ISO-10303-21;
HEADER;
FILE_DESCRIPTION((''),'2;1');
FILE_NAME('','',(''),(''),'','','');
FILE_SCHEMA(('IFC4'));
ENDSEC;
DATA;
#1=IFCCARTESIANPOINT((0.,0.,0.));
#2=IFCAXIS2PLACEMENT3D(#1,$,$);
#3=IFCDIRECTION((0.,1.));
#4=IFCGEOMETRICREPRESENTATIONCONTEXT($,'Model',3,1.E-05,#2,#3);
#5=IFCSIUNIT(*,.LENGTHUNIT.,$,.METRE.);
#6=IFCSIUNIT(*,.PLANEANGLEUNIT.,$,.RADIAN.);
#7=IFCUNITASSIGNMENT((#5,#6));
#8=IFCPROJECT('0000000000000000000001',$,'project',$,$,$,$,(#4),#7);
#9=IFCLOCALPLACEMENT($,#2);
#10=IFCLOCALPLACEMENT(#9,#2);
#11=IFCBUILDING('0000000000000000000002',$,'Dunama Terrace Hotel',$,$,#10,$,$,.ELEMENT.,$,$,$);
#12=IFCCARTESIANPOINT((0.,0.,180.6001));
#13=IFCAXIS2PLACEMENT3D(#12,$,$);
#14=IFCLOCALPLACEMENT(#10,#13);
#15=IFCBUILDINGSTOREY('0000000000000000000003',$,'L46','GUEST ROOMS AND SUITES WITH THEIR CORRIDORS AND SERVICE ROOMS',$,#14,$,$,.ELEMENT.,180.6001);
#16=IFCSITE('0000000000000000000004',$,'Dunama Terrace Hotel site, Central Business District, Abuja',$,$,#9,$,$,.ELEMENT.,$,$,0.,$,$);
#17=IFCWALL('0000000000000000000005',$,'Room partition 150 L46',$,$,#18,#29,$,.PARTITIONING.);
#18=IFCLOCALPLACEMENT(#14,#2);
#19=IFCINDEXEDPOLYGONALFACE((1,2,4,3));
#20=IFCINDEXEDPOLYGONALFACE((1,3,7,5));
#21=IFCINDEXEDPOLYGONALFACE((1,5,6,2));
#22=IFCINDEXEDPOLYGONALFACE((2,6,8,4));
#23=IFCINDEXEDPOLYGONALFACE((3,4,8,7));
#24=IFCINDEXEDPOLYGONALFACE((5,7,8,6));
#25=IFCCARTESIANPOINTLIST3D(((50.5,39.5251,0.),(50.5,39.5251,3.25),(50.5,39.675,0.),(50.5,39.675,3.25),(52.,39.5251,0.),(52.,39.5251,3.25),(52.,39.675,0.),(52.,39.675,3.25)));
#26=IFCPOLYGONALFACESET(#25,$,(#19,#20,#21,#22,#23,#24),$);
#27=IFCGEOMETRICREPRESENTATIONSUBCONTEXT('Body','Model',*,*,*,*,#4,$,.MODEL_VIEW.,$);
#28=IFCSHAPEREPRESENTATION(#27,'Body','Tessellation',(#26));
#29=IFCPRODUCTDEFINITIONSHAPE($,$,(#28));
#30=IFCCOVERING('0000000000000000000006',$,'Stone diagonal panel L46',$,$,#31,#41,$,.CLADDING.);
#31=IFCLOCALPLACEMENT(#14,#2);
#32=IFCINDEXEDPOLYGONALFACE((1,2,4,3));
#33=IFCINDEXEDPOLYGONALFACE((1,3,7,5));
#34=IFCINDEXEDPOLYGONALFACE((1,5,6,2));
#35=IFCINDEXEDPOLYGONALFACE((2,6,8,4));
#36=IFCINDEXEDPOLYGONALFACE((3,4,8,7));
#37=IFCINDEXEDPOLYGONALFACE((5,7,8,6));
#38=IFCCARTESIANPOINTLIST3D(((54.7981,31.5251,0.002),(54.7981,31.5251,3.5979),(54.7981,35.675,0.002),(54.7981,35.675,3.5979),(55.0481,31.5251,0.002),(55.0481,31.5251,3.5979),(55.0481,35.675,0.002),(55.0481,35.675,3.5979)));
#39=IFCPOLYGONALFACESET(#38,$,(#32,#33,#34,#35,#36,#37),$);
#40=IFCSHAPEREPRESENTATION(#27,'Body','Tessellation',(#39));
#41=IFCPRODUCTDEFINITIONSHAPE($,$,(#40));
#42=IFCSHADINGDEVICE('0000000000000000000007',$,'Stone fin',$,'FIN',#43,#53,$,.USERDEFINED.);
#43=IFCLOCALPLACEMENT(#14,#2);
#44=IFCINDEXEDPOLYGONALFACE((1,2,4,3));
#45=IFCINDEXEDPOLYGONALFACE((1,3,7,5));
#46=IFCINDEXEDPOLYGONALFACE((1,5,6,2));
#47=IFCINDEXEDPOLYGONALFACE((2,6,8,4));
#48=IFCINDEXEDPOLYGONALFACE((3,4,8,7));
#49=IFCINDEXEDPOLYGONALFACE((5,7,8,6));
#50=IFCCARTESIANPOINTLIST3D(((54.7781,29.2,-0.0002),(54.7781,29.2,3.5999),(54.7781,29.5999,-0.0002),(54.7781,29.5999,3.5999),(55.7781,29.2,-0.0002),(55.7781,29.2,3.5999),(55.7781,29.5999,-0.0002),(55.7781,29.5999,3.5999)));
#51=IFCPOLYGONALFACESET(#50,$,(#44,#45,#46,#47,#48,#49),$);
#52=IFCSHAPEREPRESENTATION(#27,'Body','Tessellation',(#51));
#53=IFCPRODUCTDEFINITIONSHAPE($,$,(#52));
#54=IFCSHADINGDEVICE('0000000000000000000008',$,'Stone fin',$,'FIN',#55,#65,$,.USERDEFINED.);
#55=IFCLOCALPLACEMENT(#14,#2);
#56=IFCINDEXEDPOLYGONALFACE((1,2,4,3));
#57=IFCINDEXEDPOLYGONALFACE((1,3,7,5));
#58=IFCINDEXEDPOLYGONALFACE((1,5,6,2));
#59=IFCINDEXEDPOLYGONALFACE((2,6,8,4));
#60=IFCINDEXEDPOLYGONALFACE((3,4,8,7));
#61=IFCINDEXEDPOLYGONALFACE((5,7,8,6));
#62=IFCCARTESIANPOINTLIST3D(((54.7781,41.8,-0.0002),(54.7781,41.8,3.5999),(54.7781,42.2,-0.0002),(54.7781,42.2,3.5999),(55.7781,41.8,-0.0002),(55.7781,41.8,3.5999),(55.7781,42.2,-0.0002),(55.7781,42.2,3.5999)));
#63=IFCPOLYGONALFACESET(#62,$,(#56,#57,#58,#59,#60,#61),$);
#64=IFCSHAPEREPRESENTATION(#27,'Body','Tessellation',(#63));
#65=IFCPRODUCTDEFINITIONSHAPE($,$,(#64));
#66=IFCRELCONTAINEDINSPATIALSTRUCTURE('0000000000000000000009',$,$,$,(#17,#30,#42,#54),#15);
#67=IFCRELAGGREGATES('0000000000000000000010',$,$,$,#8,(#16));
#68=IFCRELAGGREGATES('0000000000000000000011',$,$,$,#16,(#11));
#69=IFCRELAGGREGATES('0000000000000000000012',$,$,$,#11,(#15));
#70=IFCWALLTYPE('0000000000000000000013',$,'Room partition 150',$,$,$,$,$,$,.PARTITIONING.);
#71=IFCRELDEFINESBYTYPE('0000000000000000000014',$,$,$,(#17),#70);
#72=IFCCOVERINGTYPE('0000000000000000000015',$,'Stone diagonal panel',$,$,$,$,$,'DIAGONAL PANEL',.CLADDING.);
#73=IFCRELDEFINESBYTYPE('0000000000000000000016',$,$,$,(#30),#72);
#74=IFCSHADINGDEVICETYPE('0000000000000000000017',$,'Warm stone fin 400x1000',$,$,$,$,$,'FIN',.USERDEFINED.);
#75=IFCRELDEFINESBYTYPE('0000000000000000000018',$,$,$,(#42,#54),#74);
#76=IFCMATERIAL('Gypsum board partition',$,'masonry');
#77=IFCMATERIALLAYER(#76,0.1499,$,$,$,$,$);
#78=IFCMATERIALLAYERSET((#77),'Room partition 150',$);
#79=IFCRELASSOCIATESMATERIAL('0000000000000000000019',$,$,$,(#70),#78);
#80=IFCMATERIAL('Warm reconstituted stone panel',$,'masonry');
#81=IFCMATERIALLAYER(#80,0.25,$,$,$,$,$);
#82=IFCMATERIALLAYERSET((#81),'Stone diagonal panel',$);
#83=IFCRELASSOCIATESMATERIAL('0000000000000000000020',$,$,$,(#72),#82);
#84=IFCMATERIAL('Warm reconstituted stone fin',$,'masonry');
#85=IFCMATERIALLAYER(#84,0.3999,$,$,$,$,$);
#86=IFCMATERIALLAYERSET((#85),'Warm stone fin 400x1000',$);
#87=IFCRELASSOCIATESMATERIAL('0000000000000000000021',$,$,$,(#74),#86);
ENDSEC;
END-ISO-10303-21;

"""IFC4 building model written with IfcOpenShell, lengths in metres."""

from ifc_helpers import new_model, si_unit, direction, frame, frame_2d, origin, origin_2d, place, context, subcontext, project, spatial, rectangle, extrude, material, layer, layer_set, type_object, element, save


model = new_model("IFC4")

# Units and contexts
model_context = context("Model", 3, precision=1e-05, world=origin(), true_north=direction((0.0, 1.0)))
body_context = subcontext(model_context, "Body", "Model", "MODEL_VIEW")
ifc_project = project(units=[si_unit("LENGTHUNIT", "METRE"), si_unit("PLANEANGLEUNIT", "RADIAN")], contexts=[model_context])

# Site, building, storey
site_placement = place(None, origin())
site = spatial("IfcSite", under=ifc_project, at=site_placement, Name="Dunama Terrace Hotel site, Central Business District, Abuja", CompositionType="ELEMENT", RefElevation=0.0)
building_placement = place(site_placement, origin())
building = spatial("IfcBuilding", under=site, at=building_placement, Name="Dunama Terrace Hotel", CompositionType="ELEMENT")
storey_placement = place(building_placement, frame((0.0, 0.0, 180.6001)))
storey = spatial("IfcBuildingStorey", under=building, at=storey_placement, Name="L46", Description="GUEST ROOMS AND SUITES WITH THEIR CORRIDORS AND SERVICE ROOMS", CompositionType="ELEMENT", Elevation=180.6001)

# Shared definitions
ifc_material_1 = material(Name="Gypsum board partition", Category="masonry")
ifc_layer_1 = layer(ifc_material_1, 0.1499)
ifc_layer_set_1 = layer_set([ifc_layer_1], Name="Room partition 150")
wall_type_1 = type_object("IfcWallType", Name="Room partition 150", PredefinedType="PARTITIONING", material=ifc_layer_set_1)

# Wall
wall_1_placement = place(storey_placement, frame((50.5, 39.6001, 0.0), z_axis=(0.0, 0.0, 1.0), x_axis=(1.0, 0.0, 0.0)))
element("IfcWall", 1, at=wall_1_placement, inside=storey, type_object=wall_type_1, Name="Room partition 150 L46", PredefinedType="PARTITIONING", context=body_context, shape_type="SweptSolid", body=[
    extrude(rectangle(XDim=1.5, YDim=0.1499, at=frame_2d((0.75, 0.0))), origin(), (0.0, 0.0, 1.0), 3.25),
])

# Covering
ifc_material_2 = material(Name="Warm reconstituted stone panel", Category="masonry")
ifc_layer_2 = layer(ifc_material_2, 0.25)
ifc_layer_set_2 = layer_set([ifc_layer_2], Name="Stone diagonal panel")
covering_type = type_object("IfcCoveringType", Name="Stone diagonal panel", ElementType="DIAGONAL PANEL", PredefinedType="CLADDING", material=ifc_layer_set_2)
covering_placement = place(storey_placement, frame((54.9231, 33.6001, 0.002), z_axis=(0.0, 0.0, 1.0), x_axis=(0.0, 1.0, 0.0)))
element("IfcCovering", 2, at=covering_placement, inside=storey, type_object=covering_type, Name="Stone diagonal panel L46", PredefinedType="CLADDING", context=body_context, shape_type="SweptSolid", body=[
    extrude(rectangle(XDim=4.1499, YDim=0.25, at=origin_2d()), origin(), (0.0, 0.0, 1.0), 3.5959),
])

# Shading devices
ifc_material_3 = material(Name="Warm reconstituted stone fin", Category="masonry")
ifc_layer_3 = layer(ifc_material_3, 0.3999)
ifc_layer_set_3 = layer_set([ifc_layer_3], Name="Warm stone fin 400x1000")
shading_device_type = type_object("IfcShadingDeviceType", Name="Warm stone fin 400x1000", ElementType="FIN", PredefinedType="USERDEFINED", material=ifc_layer_set_3)
for number, where, z_axis, x_axis, name in (
    (3, (55.2781, 29.3999, -0.0002), (0.0, 0.0, 1.0), (0.0, 1.0, 0.0), "Stone fin"),
    (4, (55.2781, 42.0, -0.0002), (0.0, 0.0, 1.0), (0.0, 1.0, 0.0), "Stone fin"),
):
    element("IfcShadingDevice", number, at=place(storey_placement, frame(where, z_axis=z_axis, x_axis=x_axis)), inside=storey, type_object=shading_device_type, Name=name, ObjectType="FIN", PredefinedType="USERDEFINED", context=body_context, shape_type="SweptSolid", body=[
        extrude(rectangle(XDim=0.3999, YDim=1.0, at=origin_2d()), origin(), (0.0, 0.0, 1.0), 3.6001),
    ])

save(model, "model.ifc")
